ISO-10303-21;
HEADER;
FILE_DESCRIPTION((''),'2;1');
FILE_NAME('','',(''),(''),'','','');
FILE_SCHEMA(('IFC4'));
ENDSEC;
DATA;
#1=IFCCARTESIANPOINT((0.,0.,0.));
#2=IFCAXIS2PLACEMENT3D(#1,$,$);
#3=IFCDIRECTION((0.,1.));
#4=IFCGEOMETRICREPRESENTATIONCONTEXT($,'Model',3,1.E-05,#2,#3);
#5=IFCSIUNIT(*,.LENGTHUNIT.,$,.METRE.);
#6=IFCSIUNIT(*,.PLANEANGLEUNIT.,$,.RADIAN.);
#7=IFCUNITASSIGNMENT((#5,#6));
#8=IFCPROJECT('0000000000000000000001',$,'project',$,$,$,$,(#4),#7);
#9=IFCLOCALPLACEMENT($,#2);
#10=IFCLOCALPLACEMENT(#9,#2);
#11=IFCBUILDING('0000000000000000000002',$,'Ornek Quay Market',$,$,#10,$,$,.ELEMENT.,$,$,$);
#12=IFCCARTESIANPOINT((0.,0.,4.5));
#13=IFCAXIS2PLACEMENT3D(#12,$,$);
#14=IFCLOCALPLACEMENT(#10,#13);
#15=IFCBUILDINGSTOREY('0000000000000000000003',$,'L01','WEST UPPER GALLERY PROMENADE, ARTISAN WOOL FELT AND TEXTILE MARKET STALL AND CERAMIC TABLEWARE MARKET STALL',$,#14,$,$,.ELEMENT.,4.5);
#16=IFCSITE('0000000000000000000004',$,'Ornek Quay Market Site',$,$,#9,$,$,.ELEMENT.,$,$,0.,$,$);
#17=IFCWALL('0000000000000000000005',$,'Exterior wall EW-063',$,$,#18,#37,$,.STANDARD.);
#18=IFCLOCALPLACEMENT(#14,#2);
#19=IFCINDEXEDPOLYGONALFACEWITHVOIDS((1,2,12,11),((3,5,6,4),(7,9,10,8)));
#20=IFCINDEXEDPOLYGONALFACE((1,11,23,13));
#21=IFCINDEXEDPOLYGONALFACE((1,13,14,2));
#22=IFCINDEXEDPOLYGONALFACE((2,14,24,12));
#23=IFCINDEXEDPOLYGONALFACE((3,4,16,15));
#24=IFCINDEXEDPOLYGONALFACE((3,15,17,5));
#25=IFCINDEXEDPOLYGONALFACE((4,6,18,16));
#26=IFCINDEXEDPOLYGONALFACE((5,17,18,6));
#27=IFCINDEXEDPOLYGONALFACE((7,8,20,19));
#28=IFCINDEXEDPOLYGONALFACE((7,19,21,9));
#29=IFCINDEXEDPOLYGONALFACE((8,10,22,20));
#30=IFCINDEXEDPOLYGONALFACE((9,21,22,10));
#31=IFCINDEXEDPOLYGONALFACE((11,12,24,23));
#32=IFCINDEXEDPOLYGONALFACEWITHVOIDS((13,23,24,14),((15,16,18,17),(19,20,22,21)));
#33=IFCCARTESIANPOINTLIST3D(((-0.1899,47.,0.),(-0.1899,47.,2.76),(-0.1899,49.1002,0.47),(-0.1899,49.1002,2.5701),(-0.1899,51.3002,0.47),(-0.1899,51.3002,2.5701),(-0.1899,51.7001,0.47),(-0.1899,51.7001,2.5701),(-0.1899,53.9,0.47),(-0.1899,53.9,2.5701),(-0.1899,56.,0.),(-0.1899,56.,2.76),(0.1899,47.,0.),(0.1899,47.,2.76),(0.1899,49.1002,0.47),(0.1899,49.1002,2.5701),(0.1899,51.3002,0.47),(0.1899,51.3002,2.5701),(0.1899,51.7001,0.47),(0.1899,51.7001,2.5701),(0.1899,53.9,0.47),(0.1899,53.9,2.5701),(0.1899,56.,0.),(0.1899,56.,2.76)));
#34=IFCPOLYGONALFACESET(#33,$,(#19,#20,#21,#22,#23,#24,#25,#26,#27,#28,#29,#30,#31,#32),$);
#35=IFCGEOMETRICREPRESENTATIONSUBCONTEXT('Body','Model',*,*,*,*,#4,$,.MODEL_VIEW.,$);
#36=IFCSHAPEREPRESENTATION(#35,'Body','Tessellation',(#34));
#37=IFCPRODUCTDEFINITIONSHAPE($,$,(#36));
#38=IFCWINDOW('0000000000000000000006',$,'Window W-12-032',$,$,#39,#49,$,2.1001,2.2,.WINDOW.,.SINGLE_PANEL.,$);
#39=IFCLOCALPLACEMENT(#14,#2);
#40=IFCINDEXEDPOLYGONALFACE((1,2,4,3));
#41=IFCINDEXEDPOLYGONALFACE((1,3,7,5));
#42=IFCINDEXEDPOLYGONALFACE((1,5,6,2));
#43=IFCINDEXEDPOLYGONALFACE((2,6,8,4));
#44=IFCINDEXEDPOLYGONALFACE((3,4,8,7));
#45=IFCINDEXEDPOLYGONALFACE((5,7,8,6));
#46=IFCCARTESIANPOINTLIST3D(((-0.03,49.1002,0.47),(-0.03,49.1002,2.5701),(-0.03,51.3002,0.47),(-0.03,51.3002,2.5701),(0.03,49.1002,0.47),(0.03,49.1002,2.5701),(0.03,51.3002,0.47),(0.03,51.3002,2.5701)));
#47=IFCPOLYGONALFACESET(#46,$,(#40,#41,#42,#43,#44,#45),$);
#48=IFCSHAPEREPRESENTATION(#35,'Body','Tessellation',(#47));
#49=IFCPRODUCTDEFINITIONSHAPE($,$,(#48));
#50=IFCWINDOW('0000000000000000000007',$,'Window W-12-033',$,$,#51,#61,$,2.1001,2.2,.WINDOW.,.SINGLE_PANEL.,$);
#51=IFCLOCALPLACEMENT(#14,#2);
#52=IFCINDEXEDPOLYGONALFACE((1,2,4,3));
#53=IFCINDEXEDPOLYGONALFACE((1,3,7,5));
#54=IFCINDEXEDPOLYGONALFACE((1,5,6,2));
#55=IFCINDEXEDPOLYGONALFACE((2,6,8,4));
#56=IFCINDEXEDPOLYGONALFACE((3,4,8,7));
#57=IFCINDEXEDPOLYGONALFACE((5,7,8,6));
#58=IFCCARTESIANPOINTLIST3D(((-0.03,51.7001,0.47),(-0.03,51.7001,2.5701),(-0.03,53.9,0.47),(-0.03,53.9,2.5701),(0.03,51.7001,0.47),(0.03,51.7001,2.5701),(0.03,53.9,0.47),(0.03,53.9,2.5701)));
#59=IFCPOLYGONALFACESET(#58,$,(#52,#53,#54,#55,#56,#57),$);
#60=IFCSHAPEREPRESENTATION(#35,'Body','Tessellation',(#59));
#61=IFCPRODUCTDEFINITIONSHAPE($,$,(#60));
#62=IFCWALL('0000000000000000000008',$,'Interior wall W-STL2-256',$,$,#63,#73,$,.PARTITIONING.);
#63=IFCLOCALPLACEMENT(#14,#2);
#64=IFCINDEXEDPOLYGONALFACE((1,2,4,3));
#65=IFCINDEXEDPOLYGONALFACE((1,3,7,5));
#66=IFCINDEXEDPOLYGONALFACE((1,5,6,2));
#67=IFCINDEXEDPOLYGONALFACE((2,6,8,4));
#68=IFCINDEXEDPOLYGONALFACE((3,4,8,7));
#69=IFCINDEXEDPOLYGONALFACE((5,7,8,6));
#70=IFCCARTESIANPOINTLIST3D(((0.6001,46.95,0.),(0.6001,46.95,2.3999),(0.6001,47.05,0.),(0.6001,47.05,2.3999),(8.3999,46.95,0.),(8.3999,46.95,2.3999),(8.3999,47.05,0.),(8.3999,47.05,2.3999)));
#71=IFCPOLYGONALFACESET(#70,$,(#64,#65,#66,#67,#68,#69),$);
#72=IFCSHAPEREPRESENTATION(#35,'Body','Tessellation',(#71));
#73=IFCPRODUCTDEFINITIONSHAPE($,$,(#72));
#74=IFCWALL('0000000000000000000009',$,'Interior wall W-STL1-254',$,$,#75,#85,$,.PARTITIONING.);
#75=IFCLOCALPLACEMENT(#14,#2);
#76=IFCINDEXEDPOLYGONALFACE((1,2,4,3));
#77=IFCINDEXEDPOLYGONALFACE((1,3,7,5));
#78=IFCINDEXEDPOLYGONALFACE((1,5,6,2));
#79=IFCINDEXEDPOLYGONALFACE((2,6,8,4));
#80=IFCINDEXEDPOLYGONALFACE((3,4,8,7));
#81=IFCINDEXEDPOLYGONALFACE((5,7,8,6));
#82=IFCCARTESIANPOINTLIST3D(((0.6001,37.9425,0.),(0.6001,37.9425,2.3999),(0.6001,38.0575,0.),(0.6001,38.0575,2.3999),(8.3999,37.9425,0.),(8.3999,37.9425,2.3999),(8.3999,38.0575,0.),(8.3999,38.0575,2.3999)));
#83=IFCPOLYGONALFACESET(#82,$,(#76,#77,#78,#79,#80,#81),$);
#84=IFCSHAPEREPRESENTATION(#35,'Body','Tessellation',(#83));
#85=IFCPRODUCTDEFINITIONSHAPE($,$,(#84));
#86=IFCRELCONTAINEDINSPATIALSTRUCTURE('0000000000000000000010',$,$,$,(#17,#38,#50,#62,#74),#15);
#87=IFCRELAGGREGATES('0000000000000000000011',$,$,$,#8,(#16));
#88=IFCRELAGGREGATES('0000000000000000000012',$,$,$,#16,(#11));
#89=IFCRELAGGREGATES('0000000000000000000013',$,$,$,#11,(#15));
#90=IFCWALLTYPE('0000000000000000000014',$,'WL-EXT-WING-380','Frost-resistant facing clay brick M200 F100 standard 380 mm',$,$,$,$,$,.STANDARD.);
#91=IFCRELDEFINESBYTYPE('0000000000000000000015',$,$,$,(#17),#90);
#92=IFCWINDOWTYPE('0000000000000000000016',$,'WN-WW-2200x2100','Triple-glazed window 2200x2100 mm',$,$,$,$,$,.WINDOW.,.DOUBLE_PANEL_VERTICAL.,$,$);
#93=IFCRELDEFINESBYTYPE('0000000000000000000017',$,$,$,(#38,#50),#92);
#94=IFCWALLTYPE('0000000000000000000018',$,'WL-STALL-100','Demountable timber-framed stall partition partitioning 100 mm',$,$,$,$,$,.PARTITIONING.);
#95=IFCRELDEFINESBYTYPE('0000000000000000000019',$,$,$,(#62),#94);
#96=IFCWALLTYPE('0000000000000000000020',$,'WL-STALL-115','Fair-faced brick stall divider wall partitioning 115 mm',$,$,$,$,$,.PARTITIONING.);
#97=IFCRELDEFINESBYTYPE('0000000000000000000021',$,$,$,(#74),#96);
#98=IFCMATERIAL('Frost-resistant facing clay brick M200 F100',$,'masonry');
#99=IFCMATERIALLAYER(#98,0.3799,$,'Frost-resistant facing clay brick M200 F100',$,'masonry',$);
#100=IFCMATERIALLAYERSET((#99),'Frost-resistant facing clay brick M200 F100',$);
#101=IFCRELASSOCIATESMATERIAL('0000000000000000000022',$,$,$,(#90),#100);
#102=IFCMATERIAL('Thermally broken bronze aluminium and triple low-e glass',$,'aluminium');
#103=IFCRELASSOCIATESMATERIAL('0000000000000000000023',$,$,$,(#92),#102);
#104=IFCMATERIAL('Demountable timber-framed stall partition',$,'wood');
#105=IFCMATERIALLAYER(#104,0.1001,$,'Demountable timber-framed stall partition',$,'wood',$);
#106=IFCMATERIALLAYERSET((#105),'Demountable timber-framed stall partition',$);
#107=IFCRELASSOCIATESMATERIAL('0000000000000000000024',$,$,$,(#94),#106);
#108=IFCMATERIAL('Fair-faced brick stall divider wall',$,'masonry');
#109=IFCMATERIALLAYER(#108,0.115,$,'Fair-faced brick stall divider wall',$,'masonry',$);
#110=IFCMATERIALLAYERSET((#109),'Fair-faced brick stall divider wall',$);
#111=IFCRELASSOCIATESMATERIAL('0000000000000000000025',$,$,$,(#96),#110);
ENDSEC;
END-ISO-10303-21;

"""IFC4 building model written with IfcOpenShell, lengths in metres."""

from ifc_helpers import new_model, si_unit, direction, frame, frame_2d, origin, place, context, subcontext, project, spatial, rectangle, extrude, material, layer, layer_set, type_object, element, fill, save


model = new_model("IFC4")

# Units and contexts
model_context = context("Model", 3, precision=1e-05, world=origin(), true_north=direction((0.0, 1.0)))
body_context = subcontext(model_context, "Body", "Model", "MODEL_VIEW")
ifc_project = project(units=[si_unit("LENGTHUNIT", "METRE"), si_unit("PLANEANGLEUNIT", "RADIAN")], contexts=[model_context])

# Site, building, storey
site_placement = place(None, origin())
site = spatial("IfcSite", under=ifc_project, at=site_placement, Name="Ornek Quay Market Site", CompositionType="ELEMENT", RefElevation=0.0)
building_placement = place(site_placement, origin())
building = spatial("IfcBuilding", under=site, at=building_placement, Name="Ornek Quay Market", CompositionType="ELEMENT")
storey_placement = place(building_placement, frame((0.0, 0.0, 4.5)))
storey = spatial("IfcBuildingStorey", under=building, at=storey_placement, Name="L01", Description="WEST UPPER GALLERY PROMENADE, ARTISAN WOOL FELT AND TEXTILE MARKET STALL AND CERAMIC TABLEWARE MARKET STALL", CompositionType="ELEMENT", Elevation=4.5)

# Wall, openings, windows
ifc_material_1 = material(Name="Frost-resistant facing clay brick M200 F100", Category="masonry")
ifc_layer_1 = layer(ifc_material_1, 0.3799, Name="Frost-resistant facing clay brick M200 F100", Category="masonry")
ifc_layer_set_1 = layer_set([ifc_layer_1], Name="Frost-resistant facing clay brick M200 F100")
wall_type_1 = type_object("IfcWallType", Name="WL-EXT-WING-380", Description="Frost-resistant facing clay brick M200 F100 standard 380 mm", PredefinedType="STANDARD", material=ifc_layer_set_1)
ifc_material_2 = material(Name="Thermally broken bronze aluminium and triple low-e glass", Category="aluminium")
wall_1_placement = place(storey_placement, frame((0.0, 47.0, 0.0), z_axis=(0.0, 0.0, 1.0), x_axis=(0.0, 1.0, 0.0)))
wall_1 = element("IfcWall", 1, at=wall_1_placement, inside=storey, type_object=wall_type_1, Name="Exterior wall EW-063", PredefinedType="STANDARD", context=body_context, shape_type="SweptSolid", body=[
    extrude(rectangle(XDim=9.0, YDim=0.3799, at=frame_2d((4.5, 0.0))), origin(), (0.0, 0.0, 1.0), 2.76),
])
opening_1_placement = place(wall_1_placement, frame((2.1001, 0.0, 0.47)))
opening_1 = element("IfcOpeningElement", 2, at=opening_1_placement, cuts=wall_1, PredefinedType="OPENING", context=body_context, shape_type="SweptSolid", body=[
    extrude(rectangle(XDim=2.2, YDim=2.1001, at=frame_2d((1.1001, 1.05))), frame((0.0, 0.2, 0.0), z_axis=(0.0, -1.0, 0.0), x_axis=(1.0, 0.0, 0.0)), (0.0, 0.0, 1.0), 0.3999),
])
opening_2_placement = place(wall_1_placement, frame((4.7, 0.0, 0.47)))
opening_2 = element("IfcOpeningElement", 3, at=opening_2_placement, cuts=wall_1, PredefinedType="OPENING", context=body_context, shape_type="SweptSolid", body=[
    extrude(rectangle(XDim=2.2, YDim=2.1001, at=frame_2d((1.1001, 1.05))), frame((0.0, 0.2, 0.0), z_axis=(0.0, -1.0, 0.0), x_axis=(1.0, 0.0, 0.0)), (0.0, 0.0, 1.0), 0.3999),
])
window_type_1 = type_object("IfcWindowType", Name="WN-WW-2200x2100", Description="Triple-glazed window 2200x2100 mm", PartitioningType="DOUBLE_PANEL_VERTICAL", PredefinedType="WINDOW", material=ifc_material_2)
window_1_placement = place(opening_1_placement, origin())
window_1 = element("IfcWindow", 4, at=window_1_placement, inside=storey, type_object=window_type_1, Name="Window W-12-032", OverallHeight=2.1001, OverallWidth=2.2, PartitioningType="SINGLE_PANEL", PredefinedType="WINDOW", context=body_context, shape_type="SweptSolid", body=[
    extrude(rectangle(XDim=2.2, YDim=2.1001, at=frame_2d((1.1001, 1.05))), frame((0.0, 0.03, 0.0), z_axis=(0.0, -1.0, 0.0), x_axis=(1.0, 0.0, 0.0)), (0.0, 0.0, 1.0), 0.0601),
])
fill(opening_1, window_1)
window_2_placement = place(opening_2_placement, origin())
window_2 = element("IfcWindow", 5, at=window_2_placement, inside=storey, type_object=window_type_1, Name="Window W-12-033", OverallHeight=2.1001, OverallWidth=2.2, PartitioningType="SINGLE_PANEL", PredefinedType="WINDOW", context=body_context, shape_type="SweptSolid", body=[
    extrude(rectangle(XDim=2.2, YDim=2.1001, at=frame_2d((1.1001, 1.05))), frame((0.0, 0.03, 0.0), z_axis=(0.0, -1.0, 0.0), x_axis=(1.0, 0.0, 0.0)), (0.0, 0.0, 1.0), 0.0601),
])
fill(opening_2, window_2)

# Walls
ifc_material_3 = material(Name="Demountable timber-framed stall partition", Category="wood")
ifc_layer_2 = layer(ifc_material_3, 0.1001, Name="Demountable timber-framed stall partition", Category="wood")
ifc_layer_set_2 = layer_set([ifc_layer_2], Name="Demountable timber-framed stall partition")
wall_type_2 = type_object("IfcWallType", Name="WL-STALL-100", Description="Demountable timber-framed stall partition partitioning 100 mm", PredefinedType="PARTITIONING", material=ifc_layer_set_2)
wall_2_placement = place(storey_placement, frame((0.6001, 47.0, 0.0), z_axis=(0.0, 0.0, 1.0), x_axis=(1.0, 0.0, 0.0)))
element("IfcWall", 6, at=wall_2_placement, inside=storey, type_object=wall_type_2, Name="Interior wall W-STL2-256", PredefinedType="PARTITIONING", context=body_context, shape_type="SweptSolid", body=[
    extrude(rectangle(XDim=7.7998, YDim=0.1001, at=frame_2d((3.8999, 0.0))), origin(), (0.0, 0.0, 1.0), 2.3999),
])
ifc_material_4 = material(Name="Fair-faced brick stall divider wall", Category="masonry")
ifc_layer_3 = layer(ifc_material_4, 0.115, Name="Fair-faced brick stall divider wall", Category="masonry")
ifc_layer_set_3 = layer_set([ifc_layer_3], Name="Fair-faced brick stall divider wall")
wall_type_3 = type_object("IfcWallType", Name="WL-STALL-115", Description="Fair-faced brick stall divider wall partitioning 115 mm", PredefinedType="PARTITIONING", material=ifc_layer_set_3)
wall_3_placement = place(storey_placement, frame((0.6001, 38.0, 0.0), z_axis=(0.0, 0.0, 1.0), x_axis=(1.0, 0.0, 0.0)))
element("IfcWall", 7, at=wall_3_placement, inside=storey, type_object=wall_type_3, Name="Interior wall W-STL1-254", PredefinedType="PARTITIONING", context=body_context, shape_type="SweptSolid", body=[
    extrude(rectangle(XDim=7.7998, YDim=0.115, at=frame_2d((3.8999, 0.0))), origin(), (0.0, 0.0, 1.0), 2.3999),
])

save(model, "model.ifc")
